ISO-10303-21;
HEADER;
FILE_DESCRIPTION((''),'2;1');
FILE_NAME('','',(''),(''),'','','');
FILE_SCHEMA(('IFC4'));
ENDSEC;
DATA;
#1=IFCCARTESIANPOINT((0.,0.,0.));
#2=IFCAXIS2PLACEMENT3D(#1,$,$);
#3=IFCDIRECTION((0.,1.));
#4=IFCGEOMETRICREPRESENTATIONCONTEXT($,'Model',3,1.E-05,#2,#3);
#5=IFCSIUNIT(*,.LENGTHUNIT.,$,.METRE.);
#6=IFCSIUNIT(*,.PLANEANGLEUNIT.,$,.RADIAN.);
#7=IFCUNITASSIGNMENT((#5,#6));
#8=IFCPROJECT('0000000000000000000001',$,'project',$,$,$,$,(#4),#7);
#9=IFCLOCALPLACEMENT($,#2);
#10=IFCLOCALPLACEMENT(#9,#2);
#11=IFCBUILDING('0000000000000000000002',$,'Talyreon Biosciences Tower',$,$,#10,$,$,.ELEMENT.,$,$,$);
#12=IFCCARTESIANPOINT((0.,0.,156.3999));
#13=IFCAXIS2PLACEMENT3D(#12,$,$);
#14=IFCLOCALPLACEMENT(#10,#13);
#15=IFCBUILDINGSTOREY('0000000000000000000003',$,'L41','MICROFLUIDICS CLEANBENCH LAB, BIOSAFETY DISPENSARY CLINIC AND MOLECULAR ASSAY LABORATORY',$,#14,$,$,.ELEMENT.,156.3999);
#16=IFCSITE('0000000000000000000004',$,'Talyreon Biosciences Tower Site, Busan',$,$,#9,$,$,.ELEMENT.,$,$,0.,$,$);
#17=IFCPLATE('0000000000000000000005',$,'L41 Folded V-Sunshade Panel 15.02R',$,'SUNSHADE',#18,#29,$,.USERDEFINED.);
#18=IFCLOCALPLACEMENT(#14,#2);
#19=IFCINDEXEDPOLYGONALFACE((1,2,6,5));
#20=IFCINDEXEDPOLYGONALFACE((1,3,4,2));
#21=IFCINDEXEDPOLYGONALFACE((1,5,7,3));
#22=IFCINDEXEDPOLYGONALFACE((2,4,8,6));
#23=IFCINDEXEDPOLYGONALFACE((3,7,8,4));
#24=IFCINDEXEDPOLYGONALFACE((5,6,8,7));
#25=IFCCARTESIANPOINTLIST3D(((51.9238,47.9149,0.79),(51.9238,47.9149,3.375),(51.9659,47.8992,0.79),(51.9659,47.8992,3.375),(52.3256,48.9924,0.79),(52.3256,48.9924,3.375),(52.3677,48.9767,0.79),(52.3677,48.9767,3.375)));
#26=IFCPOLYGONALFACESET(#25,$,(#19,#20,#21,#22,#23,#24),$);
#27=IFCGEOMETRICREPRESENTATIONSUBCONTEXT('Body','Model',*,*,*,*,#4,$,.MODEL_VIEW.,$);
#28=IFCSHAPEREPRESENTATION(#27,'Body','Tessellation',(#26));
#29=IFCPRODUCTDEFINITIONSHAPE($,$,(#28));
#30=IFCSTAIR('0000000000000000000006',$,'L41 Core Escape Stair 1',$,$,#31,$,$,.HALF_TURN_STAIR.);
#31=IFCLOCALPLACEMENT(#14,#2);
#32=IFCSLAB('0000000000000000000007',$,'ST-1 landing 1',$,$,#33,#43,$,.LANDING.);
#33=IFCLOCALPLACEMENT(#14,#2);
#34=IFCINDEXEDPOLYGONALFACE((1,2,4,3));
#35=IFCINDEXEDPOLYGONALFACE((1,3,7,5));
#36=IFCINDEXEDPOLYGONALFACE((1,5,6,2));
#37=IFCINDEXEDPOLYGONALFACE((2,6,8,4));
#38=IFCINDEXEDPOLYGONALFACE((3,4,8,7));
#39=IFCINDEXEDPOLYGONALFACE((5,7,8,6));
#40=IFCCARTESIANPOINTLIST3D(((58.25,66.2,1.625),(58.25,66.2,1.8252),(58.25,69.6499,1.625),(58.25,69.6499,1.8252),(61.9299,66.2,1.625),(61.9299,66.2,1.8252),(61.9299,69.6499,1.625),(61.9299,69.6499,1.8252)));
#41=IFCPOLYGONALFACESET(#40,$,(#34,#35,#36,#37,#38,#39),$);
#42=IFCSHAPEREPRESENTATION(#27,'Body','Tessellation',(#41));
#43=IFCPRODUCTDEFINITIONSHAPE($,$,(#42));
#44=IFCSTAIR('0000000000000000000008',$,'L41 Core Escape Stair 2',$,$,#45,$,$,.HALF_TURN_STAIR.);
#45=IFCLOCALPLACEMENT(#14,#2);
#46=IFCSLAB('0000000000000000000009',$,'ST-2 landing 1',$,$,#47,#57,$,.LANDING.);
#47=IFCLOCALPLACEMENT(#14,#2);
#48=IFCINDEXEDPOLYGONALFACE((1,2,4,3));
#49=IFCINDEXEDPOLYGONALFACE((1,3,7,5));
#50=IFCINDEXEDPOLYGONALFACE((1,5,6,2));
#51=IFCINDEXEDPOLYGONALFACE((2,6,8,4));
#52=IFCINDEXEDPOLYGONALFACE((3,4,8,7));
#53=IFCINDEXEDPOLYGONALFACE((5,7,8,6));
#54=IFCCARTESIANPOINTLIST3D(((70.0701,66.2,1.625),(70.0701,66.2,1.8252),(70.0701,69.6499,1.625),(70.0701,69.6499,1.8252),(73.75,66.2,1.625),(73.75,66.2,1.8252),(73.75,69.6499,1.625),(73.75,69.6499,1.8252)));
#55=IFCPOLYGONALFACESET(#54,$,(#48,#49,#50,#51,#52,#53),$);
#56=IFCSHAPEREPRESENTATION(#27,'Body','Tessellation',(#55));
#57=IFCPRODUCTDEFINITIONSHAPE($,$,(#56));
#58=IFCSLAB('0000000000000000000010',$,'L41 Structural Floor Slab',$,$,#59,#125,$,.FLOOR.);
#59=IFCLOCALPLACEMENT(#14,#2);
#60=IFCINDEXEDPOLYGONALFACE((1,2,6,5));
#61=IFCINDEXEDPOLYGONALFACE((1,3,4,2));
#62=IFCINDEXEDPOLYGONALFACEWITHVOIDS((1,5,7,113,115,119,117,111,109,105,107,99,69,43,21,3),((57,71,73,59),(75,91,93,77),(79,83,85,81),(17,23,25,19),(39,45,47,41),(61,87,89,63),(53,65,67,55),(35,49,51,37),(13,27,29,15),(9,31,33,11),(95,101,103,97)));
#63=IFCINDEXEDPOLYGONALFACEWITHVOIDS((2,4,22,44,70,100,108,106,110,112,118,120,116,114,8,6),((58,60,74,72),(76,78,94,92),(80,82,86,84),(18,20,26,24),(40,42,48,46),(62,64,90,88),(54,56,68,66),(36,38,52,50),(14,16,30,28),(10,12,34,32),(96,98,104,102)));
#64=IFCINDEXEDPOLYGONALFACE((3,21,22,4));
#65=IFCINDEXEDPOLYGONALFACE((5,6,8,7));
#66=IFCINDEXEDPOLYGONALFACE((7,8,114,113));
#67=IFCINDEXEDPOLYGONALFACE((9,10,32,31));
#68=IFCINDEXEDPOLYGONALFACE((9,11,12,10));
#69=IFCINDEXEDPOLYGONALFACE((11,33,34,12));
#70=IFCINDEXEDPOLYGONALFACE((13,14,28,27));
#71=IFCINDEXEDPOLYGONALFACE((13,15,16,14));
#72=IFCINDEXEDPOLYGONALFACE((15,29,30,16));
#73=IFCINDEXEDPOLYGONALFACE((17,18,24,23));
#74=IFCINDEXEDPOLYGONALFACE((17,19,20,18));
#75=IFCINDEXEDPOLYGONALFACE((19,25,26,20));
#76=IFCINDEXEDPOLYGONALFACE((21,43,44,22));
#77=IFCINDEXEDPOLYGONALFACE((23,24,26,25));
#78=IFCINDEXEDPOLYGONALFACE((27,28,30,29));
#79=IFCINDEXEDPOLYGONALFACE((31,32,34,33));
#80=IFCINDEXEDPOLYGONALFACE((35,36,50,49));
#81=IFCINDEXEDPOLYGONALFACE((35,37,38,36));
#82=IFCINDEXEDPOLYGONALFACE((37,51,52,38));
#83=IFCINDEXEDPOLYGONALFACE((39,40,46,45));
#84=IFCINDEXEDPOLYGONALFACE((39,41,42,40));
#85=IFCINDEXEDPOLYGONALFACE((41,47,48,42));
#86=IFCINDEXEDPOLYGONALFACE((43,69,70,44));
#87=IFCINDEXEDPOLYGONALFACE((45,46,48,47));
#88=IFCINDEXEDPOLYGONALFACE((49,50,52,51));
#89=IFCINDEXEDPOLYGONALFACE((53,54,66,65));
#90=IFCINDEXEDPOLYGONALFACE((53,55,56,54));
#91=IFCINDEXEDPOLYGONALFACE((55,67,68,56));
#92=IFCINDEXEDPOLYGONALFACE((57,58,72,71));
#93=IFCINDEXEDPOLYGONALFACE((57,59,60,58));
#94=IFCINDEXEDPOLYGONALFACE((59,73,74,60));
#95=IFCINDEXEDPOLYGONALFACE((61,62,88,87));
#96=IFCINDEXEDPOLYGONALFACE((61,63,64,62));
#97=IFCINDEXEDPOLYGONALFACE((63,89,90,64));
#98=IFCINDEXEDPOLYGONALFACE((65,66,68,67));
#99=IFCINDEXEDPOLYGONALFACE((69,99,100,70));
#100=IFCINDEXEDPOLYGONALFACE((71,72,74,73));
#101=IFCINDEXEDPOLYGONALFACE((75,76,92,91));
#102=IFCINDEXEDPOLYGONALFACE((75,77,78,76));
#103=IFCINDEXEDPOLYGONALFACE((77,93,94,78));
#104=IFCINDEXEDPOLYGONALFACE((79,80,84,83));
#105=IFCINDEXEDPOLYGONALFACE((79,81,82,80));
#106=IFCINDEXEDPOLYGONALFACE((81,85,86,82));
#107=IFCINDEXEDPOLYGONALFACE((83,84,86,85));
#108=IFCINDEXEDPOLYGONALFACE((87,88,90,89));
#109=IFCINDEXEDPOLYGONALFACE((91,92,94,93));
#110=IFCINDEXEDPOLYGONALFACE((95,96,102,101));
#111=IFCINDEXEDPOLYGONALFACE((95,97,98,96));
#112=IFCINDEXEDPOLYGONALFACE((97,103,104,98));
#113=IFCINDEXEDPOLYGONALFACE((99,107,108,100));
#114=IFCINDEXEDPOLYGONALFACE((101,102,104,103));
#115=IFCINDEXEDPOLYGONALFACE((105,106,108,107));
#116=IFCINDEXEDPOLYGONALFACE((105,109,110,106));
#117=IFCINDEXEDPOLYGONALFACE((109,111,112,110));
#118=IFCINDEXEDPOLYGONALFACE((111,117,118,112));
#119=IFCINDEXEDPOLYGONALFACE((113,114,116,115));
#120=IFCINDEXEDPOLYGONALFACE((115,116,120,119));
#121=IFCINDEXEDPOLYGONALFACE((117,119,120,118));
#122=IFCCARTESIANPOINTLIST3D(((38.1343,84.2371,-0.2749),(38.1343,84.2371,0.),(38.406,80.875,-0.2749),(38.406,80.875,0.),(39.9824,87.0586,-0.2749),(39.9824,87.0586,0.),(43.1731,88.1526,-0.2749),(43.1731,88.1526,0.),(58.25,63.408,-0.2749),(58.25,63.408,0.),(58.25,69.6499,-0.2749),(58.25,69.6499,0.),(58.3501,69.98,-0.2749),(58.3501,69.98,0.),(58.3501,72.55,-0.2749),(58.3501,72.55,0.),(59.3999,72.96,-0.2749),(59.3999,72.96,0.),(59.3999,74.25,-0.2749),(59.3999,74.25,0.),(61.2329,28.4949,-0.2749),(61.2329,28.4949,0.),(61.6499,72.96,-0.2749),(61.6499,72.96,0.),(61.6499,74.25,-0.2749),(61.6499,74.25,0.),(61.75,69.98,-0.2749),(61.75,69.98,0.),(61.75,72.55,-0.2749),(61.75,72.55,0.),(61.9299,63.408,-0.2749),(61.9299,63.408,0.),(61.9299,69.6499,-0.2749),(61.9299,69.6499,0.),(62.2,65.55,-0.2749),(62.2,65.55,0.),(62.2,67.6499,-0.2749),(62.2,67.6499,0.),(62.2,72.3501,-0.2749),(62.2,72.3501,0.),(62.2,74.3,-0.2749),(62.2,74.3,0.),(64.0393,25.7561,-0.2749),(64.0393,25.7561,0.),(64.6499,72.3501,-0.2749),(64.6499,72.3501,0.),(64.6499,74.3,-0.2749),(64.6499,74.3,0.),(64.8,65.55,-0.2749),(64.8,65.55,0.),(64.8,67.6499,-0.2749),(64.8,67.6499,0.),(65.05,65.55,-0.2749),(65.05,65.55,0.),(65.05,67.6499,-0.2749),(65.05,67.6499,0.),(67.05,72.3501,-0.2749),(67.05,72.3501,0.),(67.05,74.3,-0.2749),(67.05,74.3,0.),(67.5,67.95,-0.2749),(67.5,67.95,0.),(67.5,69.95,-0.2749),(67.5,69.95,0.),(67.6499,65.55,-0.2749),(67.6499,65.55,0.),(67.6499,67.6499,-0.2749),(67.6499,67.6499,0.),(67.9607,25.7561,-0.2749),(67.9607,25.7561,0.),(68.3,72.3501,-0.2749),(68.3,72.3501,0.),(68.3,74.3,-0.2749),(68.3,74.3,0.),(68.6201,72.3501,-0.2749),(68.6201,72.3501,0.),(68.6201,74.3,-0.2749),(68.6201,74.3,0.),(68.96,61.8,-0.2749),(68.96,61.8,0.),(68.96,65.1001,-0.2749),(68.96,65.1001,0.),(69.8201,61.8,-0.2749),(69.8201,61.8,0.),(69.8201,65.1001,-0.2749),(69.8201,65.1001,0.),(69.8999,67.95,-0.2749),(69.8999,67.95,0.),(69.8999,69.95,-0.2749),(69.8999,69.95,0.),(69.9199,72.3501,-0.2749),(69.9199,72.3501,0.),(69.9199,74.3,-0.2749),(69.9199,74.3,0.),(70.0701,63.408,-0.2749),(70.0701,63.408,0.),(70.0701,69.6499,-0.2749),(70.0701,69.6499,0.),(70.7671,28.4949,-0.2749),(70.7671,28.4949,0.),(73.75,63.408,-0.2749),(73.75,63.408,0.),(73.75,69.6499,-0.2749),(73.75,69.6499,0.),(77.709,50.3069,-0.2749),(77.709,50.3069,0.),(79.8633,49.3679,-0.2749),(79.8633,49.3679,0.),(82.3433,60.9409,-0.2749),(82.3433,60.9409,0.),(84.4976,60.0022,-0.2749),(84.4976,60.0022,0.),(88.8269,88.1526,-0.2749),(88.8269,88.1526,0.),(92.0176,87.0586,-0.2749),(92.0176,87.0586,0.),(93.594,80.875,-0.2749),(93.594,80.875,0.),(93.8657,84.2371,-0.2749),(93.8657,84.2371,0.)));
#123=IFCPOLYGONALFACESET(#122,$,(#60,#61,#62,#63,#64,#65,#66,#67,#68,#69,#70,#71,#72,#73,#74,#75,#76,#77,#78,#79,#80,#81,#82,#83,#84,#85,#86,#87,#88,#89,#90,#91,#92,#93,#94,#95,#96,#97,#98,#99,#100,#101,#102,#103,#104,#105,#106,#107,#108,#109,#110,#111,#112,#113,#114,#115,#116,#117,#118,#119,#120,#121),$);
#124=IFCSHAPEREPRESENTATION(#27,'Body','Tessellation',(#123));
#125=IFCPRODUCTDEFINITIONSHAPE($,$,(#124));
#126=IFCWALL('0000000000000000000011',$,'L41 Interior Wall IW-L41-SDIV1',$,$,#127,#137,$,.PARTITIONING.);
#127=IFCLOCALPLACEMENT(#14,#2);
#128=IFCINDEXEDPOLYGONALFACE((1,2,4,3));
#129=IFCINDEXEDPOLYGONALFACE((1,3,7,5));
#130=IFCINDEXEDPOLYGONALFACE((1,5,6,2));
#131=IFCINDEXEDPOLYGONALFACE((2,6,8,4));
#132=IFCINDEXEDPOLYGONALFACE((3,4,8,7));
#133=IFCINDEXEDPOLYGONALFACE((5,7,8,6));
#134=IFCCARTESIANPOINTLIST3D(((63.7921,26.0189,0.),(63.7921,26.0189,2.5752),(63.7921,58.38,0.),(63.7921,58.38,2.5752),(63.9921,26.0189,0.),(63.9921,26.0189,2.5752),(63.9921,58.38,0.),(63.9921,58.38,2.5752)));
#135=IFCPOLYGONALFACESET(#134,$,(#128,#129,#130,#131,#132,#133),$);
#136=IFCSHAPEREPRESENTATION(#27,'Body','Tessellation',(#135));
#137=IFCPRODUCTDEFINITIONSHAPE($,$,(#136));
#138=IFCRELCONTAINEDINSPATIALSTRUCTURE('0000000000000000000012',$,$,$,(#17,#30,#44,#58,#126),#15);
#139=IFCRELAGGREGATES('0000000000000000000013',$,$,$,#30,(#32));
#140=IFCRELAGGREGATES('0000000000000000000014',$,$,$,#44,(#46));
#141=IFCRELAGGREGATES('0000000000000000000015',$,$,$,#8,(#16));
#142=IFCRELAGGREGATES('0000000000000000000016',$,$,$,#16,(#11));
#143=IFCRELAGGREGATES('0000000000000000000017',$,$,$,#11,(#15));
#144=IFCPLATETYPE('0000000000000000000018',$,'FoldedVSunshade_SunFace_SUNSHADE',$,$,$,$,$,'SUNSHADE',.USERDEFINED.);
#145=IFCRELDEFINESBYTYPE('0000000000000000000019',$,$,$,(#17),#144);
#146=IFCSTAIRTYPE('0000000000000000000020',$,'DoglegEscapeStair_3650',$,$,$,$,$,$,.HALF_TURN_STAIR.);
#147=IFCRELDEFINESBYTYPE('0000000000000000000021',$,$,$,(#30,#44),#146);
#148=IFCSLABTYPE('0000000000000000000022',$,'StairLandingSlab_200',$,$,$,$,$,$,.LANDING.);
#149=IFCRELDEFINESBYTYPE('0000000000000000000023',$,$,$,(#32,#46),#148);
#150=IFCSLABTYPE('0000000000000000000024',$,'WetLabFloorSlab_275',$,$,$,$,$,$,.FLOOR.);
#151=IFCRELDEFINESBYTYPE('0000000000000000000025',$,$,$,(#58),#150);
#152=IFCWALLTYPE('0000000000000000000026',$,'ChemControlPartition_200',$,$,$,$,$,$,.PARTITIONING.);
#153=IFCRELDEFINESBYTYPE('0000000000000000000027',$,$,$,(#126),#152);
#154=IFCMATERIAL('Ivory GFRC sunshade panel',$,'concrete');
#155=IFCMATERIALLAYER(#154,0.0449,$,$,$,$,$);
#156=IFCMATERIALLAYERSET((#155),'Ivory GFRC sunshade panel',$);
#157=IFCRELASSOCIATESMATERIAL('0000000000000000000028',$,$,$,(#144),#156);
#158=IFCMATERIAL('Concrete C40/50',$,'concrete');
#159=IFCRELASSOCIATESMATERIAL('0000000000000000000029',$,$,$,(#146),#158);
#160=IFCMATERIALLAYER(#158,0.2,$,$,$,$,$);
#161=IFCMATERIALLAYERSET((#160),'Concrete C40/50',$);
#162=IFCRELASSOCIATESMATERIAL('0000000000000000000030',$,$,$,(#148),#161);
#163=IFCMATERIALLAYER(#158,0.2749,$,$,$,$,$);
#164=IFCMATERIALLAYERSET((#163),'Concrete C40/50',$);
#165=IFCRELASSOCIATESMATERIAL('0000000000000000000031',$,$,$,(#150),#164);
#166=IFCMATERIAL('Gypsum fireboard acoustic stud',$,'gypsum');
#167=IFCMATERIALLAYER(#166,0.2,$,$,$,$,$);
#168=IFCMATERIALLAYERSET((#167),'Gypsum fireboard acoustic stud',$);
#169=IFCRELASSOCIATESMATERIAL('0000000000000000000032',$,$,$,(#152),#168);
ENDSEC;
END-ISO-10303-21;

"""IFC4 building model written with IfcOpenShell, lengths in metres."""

from ifc_helpers import new_model, si_unit, direction, frame, frame_2d, origin, origin_2d, place, context, subcontext, project, spatial, polyline, rectangle, outline, extrude, material, layer, layer_set, type_object, element, aggregate, save


model = new_model("IFC4")

# Units and contexts
model_context = context("Model", 3, precision=1e-05, world=origin(), true_north=direction((0.0, 1.0)))
body_context = subcontext(model_context, "Body", "Model", "MODEL_VIEW")
ifc_project = project(units=[si_unit("LENGTHUNIT", "METRE"), si_unit("PLANEANGLEUNIT", "RADIAN")], contexts=[model_context])

# Site, building, storey
site_placement = place(None, origin())
site = spatial("IfcSite", under=ifc_project, at=site_placement, Name="Talyreon Biosciences Tower Site, Busan", CompositionType="ELEMENT", RefElevation=0.0)
building_placement = place(site_placement, origin())
building = spatial("IfcBuilding", under=site, at=building_placement, Name="Talyreon Biosciences Tower", CompositionType="ELEMENT")
storey_placement = place(building_placement, frame((0.0, 0.0, 156.3999)))
storey = spatial("IfcBuildingStorey", under=building, at=storey_placement, Name="L41", Description="MICROFLUIDICS CLEANBENCH LAB, BIOSAFETY DISPENSARY CLINIC AND MOLECULAR ASSAY LABORATORY", CompositionType="ELEMENT", Elevation=156.3999)

# Plate
ifc_material_1 = material(Name="Ivory GFRC sunshade panel", Category="concrete")
ifc_layer_1 = layer(ifc_material_1, 0.0449)
ifc_layer_set_1 = layer_set([ifc_layer_1], Name="Ivory GFRC sunshade panel")
plate_type_1 = type_object("IfcPlateType", Name="FoldedVSunshade_SunFace_SUNSHADE", ElementType="SUNSHADE", PredefinedType="USERDEFINED", material=ifc_layer_set_1)
for number, where, z_axis, x_axis, name in (
    (1, (52.1458, 48.4458, 0.79), (0.0, 0.0, 1.0), (0.349439, 0.936959, 0.0), "L41 Folded V-Sunshade Panel 15.02R"),
):
    element("IfcPlate", number, at=place(storey_placement, frame(where, z_axis=z_axis, x_axis=x_axis)), inside=storey, type_object=plate_type_1, Name=name, ObjectType="SUNSHADE", PredefinedType="USERDEFINED", context=body_context, shape_type="SweptSolid", body=[
        extrude(rectangle(XDim=1.1499, YDim=0.0449, at=origin_2d()), origin(), (0.0, 0.0, 1.0), 2.585),
    ])

# Stairs, slabs
ifc_material_2 = material(Name="Concrete C40/50", Category="concrete")
stair_type = type_object("IfcStairType", Name="DoglegEscapeStair_3650", PredefinedType="HALF_TURN_STAIR", material=ifc_material_2)
stair_1_placement = place(storey_placement, origin())
stair_1 = element("IfcStair", 2, at=stair_1_placement, inside=storey, type_object=stair_type, Name="L41 Core Escape Stair 1", PredefinedType="HALF_TURN_STAIR")
ifc_layer_2 = layer(ifc_material_2, 0.2)
ifc_layer_set_2 = layer_set([ifc_layer_2], Name="Concrete C40/50")
slab_type_1 = type_object("IfcSlabType", Name="StairLandingSlab_200", PredefinedType="LANDING", material=ifc_layer_set_2)
slab_1_placement = place(storey_placement, frame((0.0, 0.0, 1.625)))
slab_1 = element("IfcSlab", 3, at=slab_1_placement, type_object=slab_type_1, Name="ST-1 landing 1", PredefinedType="LANDING", context=body_context, shape_type="SweptSolid", body=[
    extrude(outline(polyline([(61.9299, 66.2), (61.9299, 69.6499), (58.25, 69.6499), (58.25, 66.2), (61.9299, 66.2)])), origin(), (0.0, 0.0, 1.0), 0.2002),
])
aggregate(stair_1, [slab_1])
stair_2_placement = place(storey_placement, origin())
stair_2 = element("IfcStair", 4, at=stair_2_placement, inside=storey, type_object=stair_type, Name="L41 Core Escape Stair 2", PredefinedType="HALF_TURN_STAIR")
slab_2_placement = place(storey_placement, frame((0.0, 0.0, 1.625)))
slab_2 = element("IfcSlab", 5, at=slab_2_placement, type_object=slab_type_1, Name="ST-2 landing 1", PredefinedType="LANDING", context=body_context, shape_type="SweptSolid", body=[
    extrude(outline(polyline([(73.75, 66.2), (73.75, 69.6499), (70.0701, 69.6499), (70.0701, 66.2), (73.75, 66.2)])), origin(), (0.0, 0.0, 1.0), 0.2002),
])
aggregate(stair_2, [slab_2])

# Slab
ifc_layer_3 = layer(ifc_material_2, 0.2749)
ifc_layer_set_3 = layer_set([ifc_layer_3], Name="Concrete C40/50")
slab_type_2 = type_object("IfcSlabType", Name="WetLabFloorSlab_275", PredefinedType="FLOOR", material=ifc_layer_set_3)
slab_3_placement = place(storey_placement, frame((0.0, 0.0, -0.2749)))
element("IfcSlab", 6, at=slab_3_placement, inside=storey, type_object=slab_type_2, Name="L41 Structural Floor Slab", PredefinedType="FLOOR", context=body_context, shape_type="SweptSolid", body=[
    extrude(outline(polyline([(38.406, 80.875), (38.1343, 84.2371), (39.9824, 87.0586), (43.1731, 88.1526), (88.8269, 88.1526), (92.0176, 87.0586), (93.8657, 84.2371), (93.594, 80.875), (84.4976, 60.0022), (82.3433, 60.9409), (77.709, 50.3069), (79.8633, 49.3679), (70.7671, 28.4949), (67.9607, 25.7561), (64.0393, 25.7561), (61.2329, 28.4949), (38.406, 80.875)]), holes=[polyline([(61.9299, 69.6499), (61.9299, 63.408), (58.25, 63.408), (58.25, 69.6499), (61.9299, 69.6499)]), polyline([(64.8, 67.6499), (64.8, 65.55), (62.2, 65.55), (62.2, 67.6499), (64.8, 67.6499)]), polyline([(67.6499, 67.6499), (67.6499, 65.55), (65.05, 65.55), (65.05, 67.6499), (67.6499, 67.6499)]), polyline([(61.75, 69.98), (58.3501, 69.98), (58.3501, 72.55), (61.75, 72.55), (61.75, 69.98)]), polyline([(64.6499, 72.3501), (62.2, 72.3501), (62.2, 74.3), (64.6499, 74.3), (64.6499, 72.3501)]), polyline([(61.6499, 74.25), (61.6499, 72.96), (59.3999, 72.96), (59.3999, 74.25), (61.6499, 74.25)]), polyline([(69.8201, 61.8), (68.96, 61.8), (68.96, 65.1001), (69.8201, 65.1001), (69.8201, 61.8)]), polyline([(73.75, 63.408), (70.0701, 63.408), (70.0701, 69.6499), (73.75, 69.6499), (73.75, 63.408)]), polyline([(69.8999, 69.95), (69.8999, 67.95), (67.5, 67.95), (67.5, 69.95), (69.8999, 69.95)]), polyline([(68.3, 72.3501), (67.05, 72.3501), (67.05, 74.3), (68.3, 74.3), (68.3, 72.3501)]), polyline([(69.9199, 72.3501), (68.6201, 72.3501), (68.6201, 74.3), (69.9199, 74.3), (69.9199, 72.3501)])]), origin(), (0.0, 0.0, 1.0), 0.2749),
])

# Wall
ifc_material_3 = material(Name="Gypsum fireboard acoustic stud", Category="gypsum")
ifc_layer_4 = layer(ifc_material_3, 0.2)
ifc_layer_set_4 = layer_set([ifc_layer_4], Name="Gypsum fireboard acoustic stud")
wall_type_1 = type_object("IfcWallType", Name="ChemControlPartition_200", PredefinedType="PARTITIONING", material=ifc_layer_set_4)
wall_1_placement = place(storey_placement, frame((63.8921, 26.0188, 0.0), z_axis=(0.0, 0.0, 1.0), x_axis=(0.0, 1.0, 0.0)))
element("IfcWall", 7, at=wall_1_placement, inside=storey, type_object=wall_type_1, Name="L41 Interior Wall IW-L41-SDIV1", PredefinedType="PARTITIONING", context=body_context, shape_type="SweptSolid", body=[
    extrude(rectangle(XDim=32.3611, YDim=0.2, at=frame_2d((16.1807, 0.0))), origin(), (0.0, 0.0, 1.0), 2.5752),
])

save(model, "model.ifc")
